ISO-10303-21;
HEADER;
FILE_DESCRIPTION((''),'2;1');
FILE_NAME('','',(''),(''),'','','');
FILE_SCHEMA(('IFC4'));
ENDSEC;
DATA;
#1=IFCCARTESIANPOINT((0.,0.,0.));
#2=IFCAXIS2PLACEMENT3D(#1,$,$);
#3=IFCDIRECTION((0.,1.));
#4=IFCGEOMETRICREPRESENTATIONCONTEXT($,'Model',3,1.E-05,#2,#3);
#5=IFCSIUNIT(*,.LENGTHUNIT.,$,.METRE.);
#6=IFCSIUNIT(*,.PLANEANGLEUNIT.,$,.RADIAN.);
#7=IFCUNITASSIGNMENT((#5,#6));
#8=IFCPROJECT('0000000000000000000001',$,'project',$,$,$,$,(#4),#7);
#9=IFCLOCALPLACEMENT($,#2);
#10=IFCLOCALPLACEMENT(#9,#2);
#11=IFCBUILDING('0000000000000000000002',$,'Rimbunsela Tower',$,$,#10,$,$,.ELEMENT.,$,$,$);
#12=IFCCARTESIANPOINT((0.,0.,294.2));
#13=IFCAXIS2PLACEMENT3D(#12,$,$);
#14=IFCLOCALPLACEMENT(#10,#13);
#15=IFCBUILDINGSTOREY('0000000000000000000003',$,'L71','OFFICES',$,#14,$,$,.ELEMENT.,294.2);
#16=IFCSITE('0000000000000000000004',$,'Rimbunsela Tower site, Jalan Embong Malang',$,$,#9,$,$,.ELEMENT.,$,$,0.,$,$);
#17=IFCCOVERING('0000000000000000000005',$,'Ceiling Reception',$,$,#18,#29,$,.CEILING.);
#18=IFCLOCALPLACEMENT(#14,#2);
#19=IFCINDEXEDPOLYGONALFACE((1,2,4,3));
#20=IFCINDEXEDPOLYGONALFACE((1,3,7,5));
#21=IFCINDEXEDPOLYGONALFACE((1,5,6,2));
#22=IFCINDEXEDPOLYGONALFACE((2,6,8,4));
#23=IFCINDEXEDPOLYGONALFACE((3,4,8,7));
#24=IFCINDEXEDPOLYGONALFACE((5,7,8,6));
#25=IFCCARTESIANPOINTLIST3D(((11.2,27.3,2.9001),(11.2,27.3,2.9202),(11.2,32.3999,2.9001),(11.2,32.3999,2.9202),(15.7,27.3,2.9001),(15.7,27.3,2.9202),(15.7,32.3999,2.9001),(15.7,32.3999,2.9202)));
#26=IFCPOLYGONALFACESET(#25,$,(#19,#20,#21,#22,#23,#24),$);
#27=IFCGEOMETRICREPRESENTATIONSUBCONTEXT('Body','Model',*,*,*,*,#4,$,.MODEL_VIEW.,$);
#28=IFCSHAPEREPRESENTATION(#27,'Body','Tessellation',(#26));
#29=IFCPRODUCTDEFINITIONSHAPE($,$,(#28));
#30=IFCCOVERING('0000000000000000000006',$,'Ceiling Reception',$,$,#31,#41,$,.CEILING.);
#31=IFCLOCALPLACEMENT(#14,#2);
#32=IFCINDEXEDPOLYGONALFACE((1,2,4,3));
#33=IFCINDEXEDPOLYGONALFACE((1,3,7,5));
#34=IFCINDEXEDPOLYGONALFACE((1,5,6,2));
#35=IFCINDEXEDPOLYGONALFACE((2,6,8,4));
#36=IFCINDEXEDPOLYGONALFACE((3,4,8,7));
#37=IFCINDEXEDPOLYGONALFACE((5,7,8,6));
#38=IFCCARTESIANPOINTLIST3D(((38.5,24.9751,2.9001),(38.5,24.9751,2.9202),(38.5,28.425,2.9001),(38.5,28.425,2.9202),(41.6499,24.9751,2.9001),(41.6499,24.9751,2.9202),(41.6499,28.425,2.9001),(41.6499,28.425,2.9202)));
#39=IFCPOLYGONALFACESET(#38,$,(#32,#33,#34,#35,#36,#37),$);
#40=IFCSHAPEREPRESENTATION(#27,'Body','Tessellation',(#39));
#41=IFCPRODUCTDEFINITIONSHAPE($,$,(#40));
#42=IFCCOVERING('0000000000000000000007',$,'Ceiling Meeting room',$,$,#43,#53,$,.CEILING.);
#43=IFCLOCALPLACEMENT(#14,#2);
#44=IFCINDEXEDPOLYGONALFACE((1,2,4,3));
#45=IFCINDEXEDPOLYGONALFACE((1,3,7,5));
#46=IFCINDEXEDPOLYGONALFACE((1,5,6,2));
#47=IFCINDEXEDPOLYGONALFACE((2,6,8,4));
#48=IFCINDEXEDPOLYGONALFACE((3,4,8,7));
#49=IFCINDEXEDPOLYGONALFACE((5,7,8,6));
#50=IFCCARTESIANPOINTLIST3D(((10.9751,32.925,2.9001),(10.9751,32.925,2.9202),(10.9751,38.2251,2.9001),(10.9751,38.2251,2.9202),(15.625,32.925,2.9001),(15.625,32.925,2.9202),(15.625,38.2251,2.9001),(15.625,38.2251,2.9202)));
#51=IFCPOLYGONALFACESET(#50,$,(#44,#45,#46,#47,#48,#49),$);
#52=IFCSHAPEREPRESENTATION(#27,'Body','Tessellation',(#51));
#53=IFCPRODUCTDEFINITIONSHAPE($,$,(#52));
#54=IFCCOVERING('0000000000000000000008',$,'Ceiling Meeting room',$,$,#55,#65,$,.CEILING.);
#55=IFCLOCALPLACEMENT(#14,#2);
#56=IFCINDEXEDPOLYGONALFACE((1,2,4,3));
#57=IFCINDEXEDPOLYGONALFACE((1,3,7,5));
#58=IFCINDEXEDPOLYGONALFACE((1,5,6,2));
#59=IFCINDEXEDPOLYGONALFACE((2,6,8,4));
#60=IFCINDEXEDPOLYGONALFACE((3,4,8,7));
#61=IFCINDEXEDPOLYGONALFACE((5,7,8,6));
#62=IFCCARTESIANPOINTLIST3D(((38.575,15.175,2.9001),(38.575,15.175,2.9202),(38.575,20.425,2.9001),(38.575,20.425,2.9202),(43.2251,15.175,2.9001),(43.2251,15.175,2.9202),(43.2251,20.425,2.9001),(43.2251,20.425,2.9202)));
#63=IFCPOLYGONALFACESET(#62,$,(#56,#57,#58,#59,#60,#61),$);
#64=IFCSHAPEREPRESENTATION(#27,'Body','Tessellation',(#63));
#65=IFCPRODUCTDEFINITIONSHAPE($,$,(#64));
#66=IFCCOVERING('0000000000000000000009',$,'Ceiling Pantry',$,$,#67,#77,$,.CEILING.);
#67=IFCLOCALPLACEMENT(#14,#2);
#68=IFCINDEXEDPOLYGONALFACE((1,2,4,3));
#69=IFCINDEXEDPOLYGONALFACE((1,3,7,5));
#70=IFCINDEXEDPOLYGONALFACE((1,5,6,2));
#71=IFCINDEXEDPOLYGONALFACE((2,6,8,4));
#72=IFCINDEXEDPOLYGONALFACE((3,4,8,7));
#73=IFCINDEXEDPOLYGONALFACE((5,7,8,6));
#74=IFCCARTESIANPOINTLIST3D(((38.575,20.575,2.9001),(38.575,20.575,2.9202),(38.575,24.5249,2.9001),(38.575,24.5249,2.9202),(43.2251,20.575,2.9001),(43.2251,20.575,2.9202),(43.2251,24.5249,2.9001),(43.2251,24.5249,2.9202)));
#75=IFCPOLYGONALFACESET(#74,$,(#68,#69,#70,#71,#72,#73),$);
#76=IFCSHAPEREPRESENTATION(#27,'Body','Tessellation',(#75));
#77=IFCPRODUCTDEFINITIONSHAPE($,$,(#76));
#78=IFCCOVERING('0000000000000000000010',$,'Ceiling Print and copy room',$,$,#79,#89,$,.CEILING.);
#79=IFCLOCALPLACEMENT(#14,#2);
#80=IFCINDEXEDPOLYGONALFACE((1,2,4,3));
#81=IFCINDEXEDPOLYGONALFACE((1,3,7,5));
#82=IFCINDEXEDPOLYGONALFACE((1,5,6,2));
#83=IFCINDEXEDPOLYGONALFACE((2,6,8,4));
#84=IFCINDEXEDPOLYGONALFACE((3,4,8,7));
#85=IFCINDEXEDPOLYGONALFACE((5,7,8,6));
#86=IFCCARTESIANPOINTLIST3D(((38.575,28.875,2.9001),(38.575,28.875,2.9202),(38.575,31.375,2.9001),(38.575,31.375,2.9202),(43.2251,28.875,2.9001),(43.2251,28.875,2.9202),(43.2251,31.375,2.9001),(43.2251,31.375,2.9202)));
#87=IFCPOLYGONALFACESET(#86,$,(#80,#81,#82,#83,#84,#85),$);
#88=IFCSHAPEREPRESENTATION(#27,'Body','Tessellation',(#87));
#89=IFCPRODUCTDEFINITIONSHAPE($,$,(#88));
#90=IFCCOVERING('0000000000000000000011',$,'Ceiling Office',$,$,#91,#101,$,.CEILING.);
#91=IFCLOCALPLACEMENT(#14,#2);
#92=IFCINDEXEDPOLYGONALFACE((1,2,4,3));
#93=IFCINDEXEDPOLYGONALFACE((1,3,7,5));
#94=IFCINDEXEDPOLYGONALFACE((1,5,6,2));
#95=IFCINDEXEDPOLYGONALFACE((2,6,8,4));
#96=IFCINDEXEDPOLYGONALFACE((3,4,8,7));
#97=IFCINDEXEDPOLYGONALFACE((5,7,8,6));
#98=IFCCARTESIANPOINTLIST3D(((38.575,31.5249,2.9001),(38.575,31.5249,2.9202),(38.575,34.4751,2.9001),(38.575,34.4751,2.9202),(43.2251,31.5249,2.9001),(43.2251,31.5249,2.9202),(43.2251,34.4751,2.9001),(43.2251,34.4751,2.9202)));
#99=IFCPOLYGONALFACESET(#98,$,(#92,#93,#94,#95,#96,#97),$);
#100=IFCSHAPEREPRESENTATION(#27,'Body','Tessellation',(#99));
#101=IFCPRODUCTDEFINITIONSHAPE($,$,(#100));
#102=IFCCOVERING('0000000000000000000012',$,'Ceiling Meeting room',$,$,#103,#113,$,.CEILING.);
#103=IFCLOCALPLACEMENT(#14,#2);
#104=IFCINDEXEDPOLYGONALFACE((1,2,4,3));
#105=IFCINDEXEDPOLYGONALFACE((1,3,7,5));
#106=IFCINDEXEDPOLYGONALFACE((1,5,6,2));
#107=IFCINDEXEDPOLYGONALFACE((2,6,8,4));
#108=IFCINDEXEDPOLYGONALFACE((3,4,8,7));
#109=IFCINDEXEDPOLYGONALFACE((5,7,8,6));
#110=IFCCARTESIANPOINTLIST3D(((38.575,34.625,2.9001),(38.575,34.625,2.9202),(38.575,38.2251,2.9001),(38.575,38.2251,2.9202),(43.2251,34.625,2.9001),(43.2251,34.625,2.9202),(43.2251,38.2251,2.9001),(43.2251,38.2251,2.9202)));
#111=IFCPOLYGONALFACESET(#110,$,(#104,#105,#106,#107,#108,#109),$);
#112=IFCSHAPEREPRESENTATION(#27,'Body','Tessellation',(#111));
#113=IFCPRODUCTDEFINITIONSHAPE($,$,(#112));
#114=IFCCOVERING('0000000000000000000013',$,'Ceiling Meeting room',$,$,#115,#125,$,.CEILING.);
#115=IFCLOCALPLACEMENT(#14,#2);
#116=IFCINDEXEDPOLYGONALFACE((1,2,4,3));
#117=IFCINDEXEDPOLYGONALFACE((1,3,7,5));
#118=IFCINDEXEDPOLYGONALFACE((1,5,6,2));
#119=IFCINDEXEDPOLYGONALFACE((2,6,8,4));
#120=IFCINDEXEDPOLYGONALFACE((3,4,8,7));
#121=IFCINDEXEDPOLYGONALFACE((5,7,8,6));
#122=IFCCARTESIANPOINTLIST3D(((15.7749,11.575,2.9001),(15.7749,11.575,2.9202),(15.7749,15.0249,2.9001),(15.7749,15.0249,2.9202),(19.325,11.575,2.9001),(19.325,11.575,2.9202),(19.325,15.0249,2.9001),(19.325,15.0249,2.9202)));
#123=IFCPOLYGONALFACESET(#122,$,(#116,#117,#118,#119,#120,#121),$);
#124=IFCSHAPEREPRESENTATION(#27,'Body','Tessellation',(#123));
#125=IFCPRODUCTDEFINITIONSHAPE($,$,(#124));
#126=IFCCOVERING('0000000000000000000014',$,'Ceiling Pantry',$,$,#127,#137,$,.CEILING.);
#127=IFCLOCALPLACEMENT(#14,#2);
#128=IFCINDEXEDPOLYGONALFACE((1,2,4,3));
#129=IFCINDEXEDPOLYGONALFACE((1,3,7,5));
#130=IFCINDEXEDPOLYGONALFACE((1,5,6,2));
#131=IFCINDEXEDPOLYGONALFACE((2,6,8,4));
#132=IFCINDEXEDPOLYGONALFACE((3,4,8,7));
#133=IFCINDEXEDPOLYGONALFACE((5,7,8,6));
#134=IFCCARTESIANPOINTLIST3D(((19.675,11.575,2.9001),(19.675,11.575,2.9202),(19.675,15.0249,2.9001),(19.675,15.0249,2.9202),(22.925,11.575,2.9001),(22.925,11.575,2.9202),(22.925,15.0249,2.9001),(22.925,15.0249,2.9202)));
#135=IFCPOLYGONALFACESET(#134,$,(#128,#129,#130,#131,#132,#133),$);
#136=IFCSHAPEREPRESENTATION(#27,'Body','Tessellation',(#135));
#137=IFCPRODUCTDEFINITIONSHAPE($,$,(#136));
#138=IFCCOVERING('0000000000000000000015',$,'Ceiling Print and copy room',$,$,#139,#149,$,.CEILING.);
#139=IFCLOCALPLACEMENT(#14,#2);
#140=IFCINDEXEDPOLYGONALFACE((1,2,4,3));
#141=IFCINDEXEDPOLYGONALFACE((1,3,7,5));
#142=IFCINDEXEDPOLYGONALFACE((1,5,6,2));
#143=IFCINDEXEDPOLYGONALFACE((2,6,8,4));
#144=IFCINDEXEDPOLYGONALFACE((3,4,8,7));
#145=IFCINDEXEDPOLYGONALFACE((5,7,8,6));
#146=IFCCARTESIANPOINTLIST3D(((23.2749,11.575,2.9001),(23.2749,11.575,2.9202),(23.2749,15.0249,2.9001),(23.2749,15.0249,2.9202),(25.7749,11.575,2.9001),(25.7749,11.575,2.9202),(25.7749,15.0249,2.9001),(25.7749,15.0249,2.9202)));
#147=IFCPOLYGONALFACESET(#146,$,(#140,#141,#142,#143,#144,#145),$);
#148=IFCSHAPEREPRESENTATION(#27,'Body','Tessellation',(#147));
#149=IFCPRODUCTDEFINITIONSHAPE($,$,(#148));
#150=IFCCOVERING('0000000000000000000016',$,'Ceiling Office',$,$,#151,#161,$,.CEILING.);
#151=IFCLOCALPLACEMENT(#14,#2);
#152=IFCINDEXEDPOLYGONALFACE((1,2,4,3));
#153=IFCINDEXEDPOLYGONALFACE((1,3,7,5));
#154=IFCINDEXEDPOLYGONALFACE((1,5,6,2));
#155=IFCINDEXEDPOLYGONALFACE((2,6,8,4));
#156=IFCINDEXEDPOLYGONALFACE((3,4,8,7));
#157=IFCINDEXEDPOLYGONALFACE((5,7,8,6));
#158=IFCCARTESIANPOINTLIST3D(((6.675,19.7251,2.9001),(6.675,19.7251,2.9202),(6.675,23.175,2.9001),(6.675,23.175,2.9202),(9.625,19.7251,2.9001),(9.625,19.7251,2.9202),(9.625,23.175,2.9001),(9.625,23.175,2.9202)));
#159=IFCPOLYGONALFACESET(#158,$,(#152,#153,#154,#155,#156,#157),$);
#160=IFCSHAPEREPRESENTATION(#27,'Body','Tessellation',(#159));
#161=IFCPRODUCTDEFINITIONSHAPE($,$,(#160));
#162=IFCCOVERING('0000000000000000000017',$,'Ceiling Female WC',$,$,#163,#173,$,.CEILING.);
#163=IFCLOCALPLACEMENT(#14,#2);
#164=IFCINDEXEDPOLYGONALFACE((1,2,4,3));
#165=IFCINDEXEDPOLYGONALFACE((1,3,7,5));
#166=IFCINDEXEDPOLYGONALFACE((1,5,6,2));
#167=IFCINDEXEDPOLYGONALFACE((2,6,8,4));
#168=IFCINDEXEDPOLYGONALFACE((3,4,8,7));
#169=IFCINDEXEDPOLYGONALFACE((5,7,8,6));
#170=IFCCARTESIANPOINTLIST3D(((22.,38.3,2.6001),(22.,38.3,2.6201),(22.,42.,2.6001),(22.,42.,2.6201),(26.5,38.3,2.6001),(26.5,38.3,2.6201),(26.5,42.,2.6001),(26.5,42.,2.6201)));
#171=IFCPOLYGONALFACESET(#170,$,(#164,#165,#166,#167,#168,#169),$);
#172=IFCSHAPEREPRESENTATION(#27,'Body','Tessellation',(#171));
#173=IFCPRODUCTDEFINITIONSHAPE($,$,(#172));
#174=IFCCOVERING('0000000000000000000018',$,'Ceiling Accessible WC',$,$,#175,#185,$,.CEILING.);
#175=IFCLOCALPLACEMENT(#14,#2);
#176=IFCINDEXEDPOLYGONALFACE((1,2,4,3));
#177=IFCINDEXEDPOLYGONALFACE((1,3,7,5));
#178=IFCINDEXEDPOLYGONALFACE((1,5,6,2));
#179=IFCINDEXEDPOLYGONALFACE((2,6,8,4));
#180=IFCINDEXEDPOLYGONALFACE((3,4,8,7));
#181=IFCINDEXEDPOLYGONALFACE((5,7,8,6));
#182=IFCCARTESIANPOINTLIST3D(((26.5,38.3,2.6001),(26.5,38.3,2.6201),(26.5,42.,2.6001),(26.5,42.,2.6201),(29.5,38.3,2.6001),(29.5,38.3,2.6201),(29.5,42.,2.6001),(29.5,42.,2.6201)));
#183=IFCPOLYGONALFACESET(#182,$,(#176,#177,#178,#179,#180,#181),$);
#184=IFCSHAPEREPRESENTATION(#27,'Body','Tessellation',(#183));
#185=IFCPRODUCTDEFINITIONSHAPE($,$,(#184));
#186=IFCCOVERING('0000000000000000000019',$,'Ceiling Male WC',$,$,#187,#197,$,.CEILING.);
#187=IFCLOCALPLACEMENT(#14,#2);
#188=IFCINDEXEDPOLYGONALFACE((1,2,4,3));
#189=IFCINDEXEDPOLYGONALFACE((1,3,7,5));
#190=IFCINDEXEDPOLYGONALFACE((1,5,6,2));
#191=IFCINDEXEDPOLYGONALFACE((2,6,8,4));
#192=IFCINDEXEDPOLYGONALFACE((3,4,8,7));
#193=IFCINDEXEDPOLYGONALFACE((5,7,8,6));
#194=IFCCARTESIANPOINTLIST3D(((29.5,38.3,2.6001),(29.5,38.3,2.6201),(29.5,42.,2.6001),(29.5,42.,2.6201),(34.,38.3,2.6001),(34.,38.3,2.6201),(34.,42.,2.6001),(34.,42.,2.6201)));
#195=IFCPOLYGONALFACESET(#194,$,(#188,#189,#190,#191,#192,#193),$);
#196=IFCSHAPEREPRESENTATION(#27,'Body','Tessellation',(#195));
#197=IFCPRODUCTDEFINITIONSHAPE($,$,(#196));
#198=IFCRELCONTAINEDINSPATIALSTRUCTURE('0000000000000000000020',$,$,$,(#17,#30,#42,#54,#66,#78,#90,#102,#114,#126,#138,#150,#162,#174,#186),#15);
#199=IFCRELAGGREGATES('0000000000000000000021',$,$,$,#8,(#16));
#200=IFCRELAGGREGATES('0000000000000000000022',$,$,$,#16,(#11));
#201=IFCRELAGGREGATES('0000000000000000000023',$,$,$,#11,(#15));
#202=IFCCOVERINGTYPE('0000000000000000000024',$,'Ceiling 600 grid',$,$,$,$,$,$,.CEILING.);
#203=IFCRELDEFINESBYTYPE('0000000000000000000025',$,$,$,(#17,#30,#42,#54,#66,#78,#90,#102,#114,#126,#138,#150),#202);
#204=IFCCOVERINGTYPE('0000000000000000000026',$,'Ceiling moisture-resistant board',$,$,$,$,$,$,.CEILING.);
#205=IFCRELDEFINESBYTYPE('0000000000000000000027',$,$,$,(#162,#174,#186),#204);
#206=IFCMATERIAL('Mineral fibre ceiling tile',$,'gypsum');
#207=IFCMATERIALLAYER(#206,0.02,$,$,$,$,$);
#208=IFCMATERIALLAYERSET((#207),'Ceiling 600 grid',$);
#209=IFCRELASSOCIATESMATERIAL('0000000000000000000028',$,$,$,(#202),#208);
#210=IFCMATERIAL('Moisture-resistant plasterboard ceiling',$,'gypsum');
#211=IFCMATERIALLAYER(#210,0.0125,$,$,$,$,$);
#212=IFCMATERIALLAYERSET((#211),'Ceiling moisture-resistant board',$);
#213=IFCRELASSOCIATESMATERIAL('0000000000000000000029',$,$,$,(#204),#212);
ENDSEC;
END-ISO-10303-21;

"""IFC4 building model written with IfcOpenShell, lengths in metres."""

from ifc_helpers import new_model, si_unit, direction, frame, origin, place, context, subcontext, project, spatial, polyline, outline, extrude, material, layer, layer_set, type_object, element, save


model = new_model("IFC4")

# Units and contexts
model_context = context("Model", 3, precision=1e-05, world=origin(), true_north=direction((0.0, 1.0)))
body_context = subcontext(model_context, "Body", "Model", "MODEL_VIEW")
ifc_project = project(units=[si_unit("LENGTHUNIT", "METRE"), si_unit("PLANEANGLEUNIT", "RADIAN")], contexts=[model_context])

# Site, building, storey
site_placement = place(None, origin())
site = spatial("IfcSite", under=ifc_project, at=site_placement, Name="Rimbunsela Tower site, Jalan Embong Malang", CompositionType="ELEMENT", RefElevation=0.0)
building_placement = place(site_placement, origin())
building = spatial("IfcBuilding", under=site, at=building_placement, Name="Rimbunsela Tower", CompositionType="ELEMENT")
storey_placement = place(building_placement, frame((0.0, 0.0, 294.2)))
storey = spatial("IfcBuildingStorey", under=building, at=storey_placement, Name="L71", Description="OFFICES", CompositionType="ELEMENT", Elevation=294.2)

# Coverings
ifc_material_1 = material(Name="Mineral fibre ceiling tile", Category="gypsum")
ifc_layer_1 = layer(ifc_material_1, 0.02)
ifc_layer_set_1 = layer_set([ifc_layer_1], Name="Ceiling 600 grid")
covering_type_1 = type_object("IfcCoveringType", Name="Ceiling 600 grid", PredefinedType="CEILING", material=ifc_layer_set_1)
covering_1_placement = place(storey_placement, frame((0.0, 0.0, 2.9001)))
element("IfcCovering", 1, at=covering_1_placement, inside=storey, type_object=covering_type_1, Name="Ceiling Reception", PredefinedType="CEILING", context=body_context, shape_type="SweptSolid", body=[
    extrude(outline(polyline([(15.7, 27.3), (15.7, 32.3999), (11.2, 32.3999), (11.2, 27.3), (15.7, 27.3)])), origin(), (0.0, 0.0, 1.0), 0.02),
])
covering_2_placement = place(storey_placement, frame((0.0, 0.0, 2.9001)))
element("IfcCovering", 2, at=covering_2_placement, inside=storey, type_object=covering_type_1, Name="Ceiling Reception", PredefinedType="CEILING", context=body_context, shape_type="SweptSolid", body=[
    extrude(outline(polyline([(41.6499, 24.9751), (41.6499, 28.425), (38.5, 28.425), (38.5, 24.9751), (41.6499, 24.9751)])), origin(), (0.0, 0.0, 1.0), 0.02),
])
covering_3_placement = place(storey_placement, frame((0.0, 0.0, 2.9001)))
element("IfcCovering", 3, at=covering_3_placement, inside=storey, type_object=covering_type_1, Name="Ceiling Meeting room", PredefinedType="CEILING", context=body_context, shape_type="SweptSolid", body=[
    extrude(outline(polyline([(15.625, 32.925), (15.625, 38.2251), (10.9751, 38.2251), (10.9751, 32.925), (15.625, 32.925)])), origin(), (0.0, 0.0, 1.0), 0.02),
])
covering_4_placement = place(storey_placement, frame((0.0, 0.0, 2.9001)))
element("IfcCovering", 4, at=covering_4_placement, inside=storey, type_object=covering_type_1, Name="Ceiling Meeting room", PredefinedType="CEILING", context=body_context, shape_type="SweptSolid", body=[
    extrude(outline(polyline([(43.2251, 15.175), (43.2251, 20.425), (38.575, 20.425), (38.575, 15.175), (43.2251, 15.175)])), origin(), (0.0, 0.0, 1.0), 0.02),
])
covering_5_placement = place(storey_placement, frame((0.0, 0.0, 2.9001)))
element("IfcCovering", 5, at=covering_5_placement, inside=storey, type_object=covering_type_1, Name="Ceiling Pantry", PredefinedType="CEILING", context=body_context, shape_type="SweptSolid", body=[
    extrude(outline(polyline([(43.2251, 20.575), (43.2251, 24.5249), (38.575, 24.5249), (38.575, 20.575), (43.2251, 20.575)])), origin(), (0.0, 0.0, 1.0), 0.02),
])
covering_6_placement = place(storey_placement, frame((0.0, 0.0, 2.9001)))
element("IfcCovering", 6, at=covering_6_placement, inside=storey, type_object=covering_type_1, Name="Ceiling Print and copy room", PredefinedType="CEILING", context=body_context, shape_type="SweptSolid", body=[
    extrude(outline(polyline([(43.2251, 28.875), (43.2251, 31.375), (38.575, 31.375), (38.575, 28.875), (43.2251, 28.875)])), origin(), (0.0, 0.0, 1.0), 0.02),
])
covering_7_placement = place(storey_placement, frame((0.0, 0.0, 2.9001)))
element("IfcCovering", 7, at=covering_7_placement, inside=storey, type_object=covering_type_1, Name="Ceiling Office", PredefinedType="CEILING", context=body_context, shape_type="SweptSolid", body=[
    extrude(outline(polyline([(43.2251, 31.5249), (43.2251, 34.4751), (38.575, 34.4751), (38.575, 31.5249), (43.2251, 31.5249)])), origin(), (0.0, 0.0, 1.0), 0.02),
])
covering_8_placement = place(storey_placement, frame((0.0, 0.0, 2.9001)))
element("IfcCovering", 8, at=covering_8_placement, inside=storey, type_object=covering_type_1, Name="Ceiling Meeting room", PredefinedType="CEILING", context=body_context, shape_type="SweptSolid", body=[
    extrude(outline(polyline([(43.2251, 34.625), (43.2251, 38.2251), (38.575, 38.2251), (38.575, 34.625), (43.2251, 34.625)])), origin(), (0.0, 0.0, 1.0), 0.02),
])
covering_9_placement = place(storey_placement, frame((0.0, 0.0, 2.9001)))
element("IfcCovering", 9, at=covering_9_placement, inside=storey, type_object=covering_type_1, Name="Ceiling Meeting room", PredefinedType="CEILING", context=body_context, shape_type="SweptSolid", body=[
    extrude(outline(polyline([(19.325, 11.575), (19.325, 15.0249), (15.7749, 15.0249), (15.7749, 11.575), (19.325, 11.575)])), origin(), (0.0, 0.0, 1.0), 0.02),
])
covering_10_placement = place(storey_placement, frame((0.0, 0.0, 2.9001)))
element("IfcCovering", 10, at=covering_10_placement, inside=storey, type_object=covering_type_1, Name="Ceiling Pantry", PredefinedType="CEILING", context=body_context, shape_type="SweptSolid", body=[
    extrude(outline(polyline([(22.925, 11.575), (22.925, 15.0249), (19.675, 15.0249), (19.675, 11.575), (22.925, 11.575)])), origin(), (0.0, 0.0, 1.0), 0.02),
])
covering_11_placement = place(storey_placement, frame((0.0, 0.0, 2.9001)))
element("IfcCovering", 11, at=covering_11_placement, inside=storey, type_object=covering_type_1, Name="Ceiling Print and copy room", PredefinedType="CEILING", context=body_context, shape_type="SweptSolid", body=[
    extrude(outline(polyline([(25.7749, 11.575), (25.7749, 15.0249), (23.2749, 15.0249), (23.2749, 11.575), (25.7749, 11.575)])), origin(), (0.0, 0.0, 1.0), 0.02),
])
covering_12_placement = place(storey_placement, frame((0.0, 0.0, 2.9001)))
element("IfcCovering", 12, at=covering_12_placement, inside=storey, type_object=covering_type_1, Name="Ceiling Office", PredefinedType="CEILING", context=body_context, shape_type="SweptSolid", body=[
    extrude(outline(polyline([(9.625, 19.7251), (9.625, 23.175), (6.675, 23.175), (6.675, 19.7251), (9.625, 19.7251)])), origin(), (0.0, 0.0, 1.0), 0.02),
])
ifc_material_2 = material(Name="Moisture-resistant plasterboard ceiling", Category="gypsum")
ifc_layer_2 = layer(ifc_material_2, 0.0125)
ifc_layer_set_2 = layer_set([ifc_layer_2], Name="Ceiling moisture-resistant board")
covering_type_2 = type_object("IfcCoveringType", Name="Ceiling moisture-resistant board", PredefinedType="CEILING", material=ifc_layer_set_2)
covering_13_placement = place(storey_placement, frame((0.0, 0.0, 2.6001)))
element("IfcCovering", 13, at=covering_13_placement, inside=storey, type_object=covering_type_2, Name="Ceiling Female WC", PredefinedType="CEILING", context=body_context, shape_type="SweptSolid", body=[
    extrude(outline(polyline([(26.5, 38.3), (26.5, 42.0), (22.0, 42.0), (22.0, 38.3), (26.5, 38.3)])), origin(), (0.0, 0.0, 1.0), 0.02),
])
covering_14_placement = place(storey_placement, frame((0.0, 0.0, 2.6001)))
element("IfcCovering", 14, at=covering_14_placement, inside=storey, type_object=covering_type_2, Name="Ceiling Accessible WC", PredefinedType="CEILING", context=body_context, shape_type="SweptSolid", body=[
    extrude(outline(polyline([(29.5, 38.3), (29.5, 42.0), (26.5, 42.0), (26.5, 38.3), (29.5, 38.3)])), origin(), (0.0, 0.0, 1.0), 0.02),
])
covering_15_placement = place(storey_placement, frame((0.0, 0.0, 2.6001)))
element("IfcCovering", 15, at=covering_15_placement, inside=storey, type_object=covering_type_2, Name="Ceiling Male WC", PredefinedType="CEILING", context=body_context, shape_type="SweptSolid", body=[
    extrude(outline(polyline([(34.0, 38.3), (34.0, 42.0), (29.5, 42.0), (29.5, 38.3), (34.0, 38.3)])), origin(), (0.0, 0.0, 1.0), 0.02),
])

save(model, "model.ifc")
